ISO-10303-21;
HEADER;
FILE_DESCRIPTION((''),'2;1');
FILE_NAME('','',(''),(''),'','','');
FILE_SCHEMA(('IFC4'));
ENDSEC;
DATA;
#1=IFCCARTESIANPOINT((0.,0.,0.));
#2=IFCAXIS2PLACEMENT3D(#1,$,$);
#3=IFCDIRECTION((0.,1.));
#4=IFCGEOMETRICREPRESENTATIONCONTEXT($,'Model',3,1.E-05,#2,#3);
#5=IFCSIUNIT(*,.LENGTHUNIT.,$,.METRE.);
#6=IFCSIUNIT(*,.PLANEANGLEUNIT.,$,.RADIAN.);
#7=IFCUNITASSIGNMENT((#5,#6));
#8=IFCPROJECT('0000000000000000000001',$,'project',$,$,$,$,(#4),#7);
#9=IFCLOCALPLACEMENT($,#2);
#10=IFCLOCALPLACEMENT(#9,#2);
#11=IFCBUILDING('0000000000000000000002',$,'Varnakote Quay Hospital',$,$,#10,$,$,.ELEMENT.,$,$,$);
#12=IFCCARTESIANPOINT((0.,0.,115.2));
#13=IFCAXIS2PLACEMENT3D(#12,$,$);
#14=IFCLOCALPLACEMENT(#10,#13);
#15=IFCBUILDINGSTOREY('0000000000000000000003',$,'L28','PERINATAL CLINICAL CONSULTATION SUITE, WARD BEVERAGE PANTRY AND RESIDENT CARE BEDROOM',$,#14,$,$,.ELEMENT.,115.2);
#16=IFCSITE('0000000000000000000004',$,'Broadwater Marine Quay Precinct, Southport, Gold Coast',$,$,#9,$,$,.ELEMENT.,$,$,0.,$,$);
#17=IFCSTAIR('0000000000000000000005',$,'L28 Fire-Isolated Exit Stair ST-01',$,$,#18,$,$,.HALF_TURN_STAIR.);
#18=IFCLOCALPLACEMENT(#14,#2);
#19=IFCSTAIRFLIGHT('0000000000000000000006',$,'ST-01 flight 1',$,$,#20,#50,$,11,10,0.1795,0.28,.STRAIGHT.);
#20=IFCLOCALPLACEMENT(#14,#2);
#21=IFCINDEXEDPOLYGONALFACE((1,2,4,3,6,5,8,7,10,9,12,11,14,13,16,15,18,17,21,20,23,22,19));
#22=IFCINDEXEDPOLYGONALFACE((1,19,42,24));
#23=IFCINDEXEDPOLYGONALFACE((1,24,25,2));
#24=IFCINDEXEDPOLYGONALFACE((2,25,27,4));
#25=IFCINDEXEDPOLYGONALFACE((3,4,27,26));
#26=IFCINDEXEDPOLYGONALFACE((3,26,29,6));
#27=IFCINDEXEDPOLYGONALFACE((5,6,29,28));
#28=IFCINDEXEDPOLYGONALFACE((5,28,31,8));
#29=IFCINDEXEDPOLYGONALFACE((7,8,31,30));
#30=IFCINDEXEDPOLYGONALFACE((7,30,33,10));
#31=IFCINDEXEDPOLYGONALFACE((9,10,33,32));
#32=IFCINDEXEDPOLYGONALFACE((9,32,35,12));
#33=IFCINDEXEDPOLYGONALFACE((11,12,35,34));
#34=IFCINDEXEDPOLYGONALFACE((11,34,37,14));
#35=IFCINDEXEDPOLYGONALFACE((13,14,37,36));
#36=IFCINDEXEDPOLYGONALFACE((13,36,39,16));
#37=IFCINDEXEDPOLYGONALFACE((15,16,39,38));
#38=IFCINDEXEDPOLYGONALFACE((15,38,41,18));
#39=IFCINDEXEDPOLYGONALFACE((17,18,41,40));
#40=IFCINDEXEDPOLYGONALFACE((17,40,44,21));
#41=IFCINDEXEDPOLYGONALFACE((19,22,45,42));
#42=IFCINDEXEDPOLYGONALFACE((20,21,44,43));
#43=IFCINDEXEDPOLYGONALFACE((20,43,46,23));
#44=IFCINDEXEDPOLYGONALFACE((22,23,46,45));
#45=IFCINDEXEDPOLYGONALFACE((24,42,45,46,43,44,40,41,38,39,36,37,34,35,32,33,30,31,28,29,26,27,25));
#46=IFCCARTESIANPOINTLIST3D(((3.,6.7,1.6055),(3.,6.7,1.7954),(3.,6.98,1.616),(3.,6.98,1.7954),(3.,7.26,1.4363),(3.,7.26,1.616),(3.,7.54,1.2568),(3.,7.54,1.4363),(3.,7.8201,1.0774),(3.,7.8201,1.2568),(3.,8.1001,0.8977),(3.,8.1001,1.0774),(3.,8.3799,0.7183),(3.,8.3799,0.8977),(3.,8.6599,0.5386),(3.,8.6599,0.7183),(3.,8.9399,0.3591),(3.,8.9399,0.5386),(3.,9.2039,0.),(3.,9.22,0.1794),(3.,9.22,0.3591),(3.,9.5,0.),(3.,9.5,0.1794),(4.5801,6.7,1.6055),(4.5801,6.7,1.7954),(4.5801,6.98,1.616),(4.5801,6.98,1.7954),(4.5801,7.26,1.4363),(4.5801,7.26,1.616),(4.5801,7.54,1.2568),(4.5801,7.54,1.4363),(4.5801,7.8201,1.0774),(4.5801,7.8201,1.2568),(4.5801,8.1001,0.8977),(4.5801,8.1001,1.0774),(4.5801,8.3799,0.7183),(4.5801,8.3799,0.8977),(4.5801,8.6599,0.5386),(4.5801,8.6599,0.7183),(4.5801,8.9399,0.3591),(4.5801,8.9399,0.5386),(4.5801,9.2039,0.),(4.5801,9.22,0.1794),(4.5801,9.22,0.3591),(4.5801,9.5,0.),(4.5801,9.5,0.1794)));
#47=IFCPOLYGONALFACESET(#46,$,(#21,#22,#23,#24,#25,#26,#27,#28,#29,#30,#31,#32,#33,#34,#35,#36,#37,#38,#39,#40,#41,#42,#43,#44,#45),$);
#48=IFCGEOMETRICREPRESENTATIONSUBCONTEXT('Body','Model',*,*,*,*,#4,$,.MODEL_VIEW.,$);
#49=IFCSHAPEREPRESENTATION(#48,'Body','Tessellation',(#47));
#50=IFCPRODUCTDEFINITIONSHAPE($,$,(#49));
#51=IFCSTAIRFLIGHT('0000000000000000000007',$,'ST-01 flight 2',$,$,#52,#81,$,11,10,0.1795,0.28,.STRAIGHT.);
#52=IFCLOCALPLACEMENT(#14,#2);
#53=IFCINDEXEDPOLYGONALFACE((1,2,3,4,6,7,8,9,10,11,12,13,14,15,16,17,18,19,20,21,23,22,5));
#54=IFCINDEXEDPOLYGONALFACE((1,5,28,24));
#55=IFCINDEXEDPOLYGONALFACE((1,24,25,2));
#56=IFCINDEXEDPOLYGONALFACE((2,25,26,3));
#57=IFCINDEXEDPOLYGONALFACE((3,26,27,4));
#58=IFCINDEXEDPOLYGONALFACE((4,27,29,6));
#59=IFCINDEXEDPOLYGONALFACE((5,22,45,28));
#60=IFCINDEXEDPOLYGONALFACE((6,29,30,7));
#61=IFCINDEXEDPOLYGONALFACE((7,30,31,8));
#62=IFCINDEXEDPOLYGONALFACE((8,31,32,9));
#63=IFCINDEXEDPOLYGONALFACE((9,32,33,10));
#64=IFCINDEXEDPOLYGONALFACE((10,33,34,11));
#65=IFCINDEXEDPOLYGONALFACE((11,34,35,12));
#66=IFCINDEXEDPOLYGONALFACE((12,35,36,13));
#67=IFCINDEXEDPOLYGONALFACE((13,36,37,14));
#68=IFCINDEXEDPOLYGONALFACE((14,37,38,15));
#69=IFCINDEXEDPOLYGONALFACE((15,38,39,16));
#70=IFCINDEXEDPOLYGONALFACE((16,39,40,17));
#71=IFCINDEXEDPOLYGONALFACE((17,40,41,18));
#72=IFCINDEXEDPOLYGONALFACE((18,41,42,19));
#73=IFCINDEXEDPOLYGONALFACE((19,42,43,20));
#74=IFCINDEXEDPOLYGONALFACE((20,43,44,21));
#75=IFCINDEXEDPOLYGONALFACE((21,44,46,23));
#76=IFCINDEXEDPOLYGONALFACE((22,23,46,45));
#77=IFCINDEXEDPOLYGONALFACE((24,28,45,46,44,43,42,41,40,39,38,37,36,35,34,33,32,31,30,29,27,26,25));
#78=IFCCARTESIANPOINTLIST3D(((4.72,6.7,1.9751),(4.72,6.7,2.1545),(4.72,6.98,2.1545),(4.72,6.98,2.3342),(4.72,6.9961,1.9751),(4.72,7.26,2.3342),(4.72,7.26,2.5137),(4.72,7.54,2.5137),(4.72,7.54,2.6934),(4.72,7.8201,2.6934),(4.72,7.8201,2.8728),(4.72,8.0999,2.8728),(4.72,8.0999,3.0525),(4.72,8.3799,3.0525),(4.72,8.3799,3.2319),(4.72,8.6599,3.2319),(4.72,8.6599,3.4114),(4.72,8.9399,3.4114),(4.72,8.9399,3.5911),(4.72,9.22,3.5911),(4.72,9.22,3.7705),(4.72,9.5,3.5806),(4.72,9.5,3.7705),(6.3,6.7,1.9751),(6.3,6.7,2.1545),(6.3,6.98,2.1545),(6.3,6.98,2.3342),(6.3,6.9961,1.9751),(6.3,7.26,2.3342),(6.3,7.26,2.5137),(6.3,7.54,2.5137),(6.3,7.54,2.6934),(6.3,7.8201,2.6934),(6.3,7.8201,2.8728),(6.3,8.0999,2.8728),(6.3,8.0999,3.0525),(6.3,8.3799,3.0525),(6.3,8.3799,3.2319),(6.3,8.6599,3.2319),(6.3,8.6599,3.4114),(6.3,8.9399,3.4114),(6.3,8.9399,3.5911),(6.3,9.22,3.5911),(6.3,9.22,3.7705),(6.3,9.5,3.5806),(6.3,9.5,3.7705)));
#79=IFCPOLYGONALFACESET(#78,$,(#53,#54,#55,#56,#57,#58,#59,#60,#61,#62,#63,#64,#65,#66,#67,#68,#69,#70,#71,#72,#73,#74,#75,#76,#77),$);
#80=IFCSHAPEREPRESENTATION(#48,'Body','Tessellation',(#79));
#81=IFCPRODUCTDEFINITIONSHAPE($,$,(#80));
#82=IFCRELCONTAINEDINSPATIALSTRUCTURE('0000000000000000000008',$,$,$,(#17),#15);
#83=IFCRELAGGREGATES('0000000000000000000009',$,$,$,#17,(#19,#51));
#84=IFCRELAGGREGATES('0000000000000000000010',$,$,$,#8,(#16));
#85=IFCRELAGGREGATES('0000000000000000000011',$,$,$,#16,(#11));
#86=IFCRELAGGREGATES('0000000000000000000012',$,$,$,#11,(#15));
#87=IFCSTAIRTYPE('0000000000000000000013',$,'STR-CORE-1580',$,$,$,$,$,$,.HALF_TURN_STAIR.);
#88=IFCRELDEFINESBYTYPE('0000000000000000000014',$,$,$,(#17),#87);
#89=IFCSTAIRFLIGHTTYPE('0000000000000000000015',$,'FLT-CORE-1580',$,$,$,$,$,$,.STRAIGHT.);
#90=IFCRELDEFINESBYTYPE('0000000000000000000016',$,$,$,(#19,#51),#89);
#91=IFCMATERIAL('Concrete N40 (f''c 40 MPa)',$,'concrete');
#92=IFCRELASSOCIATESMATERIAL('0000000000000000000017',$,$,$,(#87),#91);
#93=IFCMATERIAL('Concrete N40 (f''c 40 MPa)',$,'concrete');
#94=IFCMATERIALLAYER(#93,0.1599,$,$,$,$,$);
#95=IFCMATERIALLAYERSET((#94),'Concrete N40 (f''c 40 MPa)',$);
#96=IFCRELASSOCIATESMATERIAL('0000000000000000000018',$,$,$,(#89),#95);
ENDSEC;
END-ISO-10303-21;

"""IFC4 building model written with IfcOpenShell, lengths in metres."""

from ifc_helpers import new_model, si_unit, direction, frame, origin, place, context, subcontext, project, spatial, polyline, outline, extrude, material, layer, layer_set, type_object, element, aggregate, save


model = new_model("IFC4")

# Units and contexts
model_context = context("Model", 3, precision=1e-05, world=origin(), true_north=direction((0.0, 1.0)))
body_context = subcontext(model_context, "Body", "Model", "MODEL_VIEW")
ifc_project = project(units=[si_unit("LENGTHUNIT", "METRE"), si_unit("PLANEANGLEUNIT", "RADIAN")], contexts=[model_context])

# Site, building, storey
site_placement = place(None, origin())
site = spatial("IfcSite", under=ifc_project, at=site_placement, Name="Broadwater Marine Quay Precinct, Southport, Gold Coast", CompositionType="ELEMENT", RefElevation=0.0)
building_placement = place(site_placement, origin())
building = spatial("IfcBuilding", under=site, at=building_placement, Name="Varnakote Quay Hospital", CompositionType="ELEMENT")
storey_placement = place(building_placement, frame((0.0, 0.0, 115.2)))
storey = spatial("IfcBuildingStorey", under=building, at=storey_placement, Name="L28", Description="PERINATAL CLINICAL CONSULTATION SUITE, WARD BEVERAGE PANTRY AND RESIDENT CARE BEDROOM", CompositionType="ELEMENT", Elevation=115.2)

# Stair, stair flights
ifc_material_1 = material(Name="Concrete N40 (f'c 40 MPa)", Category="concrete")
stair_type = type_object("IfcStairType", Name="STR-CORE-1580", PredefinedType="HALF_TURN_STAIR", material=ifc_material_1)
stair_placement = place(storey_placement, origin())
stair = element("IfcStair", 1, at=stair_placement, inside=storey, type_object=stair_type, Name="L28 Fire-Isolated Exit Stair ST-01", PredefinedType="HALF_TURN_STAIR")
ifc_material_2 = material(Name="Concrete N40 (f'c 40 MPa)", Category="concrete")
ifc_layer_1 = layer(ifc_material_2, 0.1599)
ifc_layer_set_1 = layer_set([ifc_layer_1], Name="Concrete N40 (f'c 40 MPa)")
stair_flight_type = type_object("IfcStairFlightType", Name="FLT-CORE-1580", PredefinedType="STRAIGHT", material=ifc_layer_set_1)
stair_flight_1_placement = place(storey_placement, frame((3.79, 9.5, 0.0), z_axis=(0.0, 0.0, 1.0), x_axis=(0.0, -1.0, 0.0)))
stair_flight_1 = element("IfcStairFlight", 2, at=stair_flight_1_placement, type_object=stair_flight_type, Name="ST-01 flight 1", NumberOfRisers=11, NumberOfTreads=10, PredefinedType="STRAIGHT", RiserHeight=0.1795, TreadLength=0.28, context=body_context, shape_type="SweptSolid", body=[
    extrude(outline(polyline([(0.0, 0.0), (0.0, 0.1794), (0.28, 0.1794), (0.28, 0.3591), (0.5601, 0.3591), (0.5601, 0.5386), (0.8401, 0.5386), (0.8401, 0.7183), (1.1201, 0.7183), (1.1201, 0.8977), (1.3999, 0.8977), (1.3999, 1.0774), (1.6799, 1.0774), (1.6799, 1.2568), (1.96, 1.2568), (1.96, 1.4363), (2.24, 1.4363), (2.24, 1.616), (2.52, 1.616), (2.52, 1.7954), (2.8, 1.7954), (2.8, 1.9751), (2.8, 1.6055), (0.2961, 0.0), (0.0, 0.0)])), frame((0.0, 0.79, 0.0), z_axis=(0.0, -1.0, 0.0), x_axis=(1.0, 0.0, 0.0)), (0.0, 0.0, 1.0), 1.5801),
])
stair_flight_2_placement = place(storey_placement, frame((5.51, 6.7, 1.9751), z_axis=(0.0, 0.0, 1.0), x_axis=(0.0, 1.0, 0.0)))
stair_flight_2 = element("IfcStairFlight", 3, at=stair_flight_2_placement, type_object=stair_flight_type, Name="ST-01 flight 2", NumberOfRisers=11, NumberOfTreads=10, PredefinedType="STRAIGHT", RiserHeight=0.1795, TreadLength=0.28, context=body_context, shape_type="SweptSolid", body=[
    extrude(outline(polyline([(0.0, 0.0), (0.0, 0.1794), (0.28, 0.1794), (0.28, 0.3591), (0.5601, 0.3591), (0.5601, 0.5386), (0.8401, 0.5386), (0.8401, 0.7183), (1.1201, 0.7183), (1.1201, 0.8977), (1.3999, 0.8977), (1.3999, 1.0774), (1.6799, 1.0774), (1.6799, 1.2568), (1.96, 1.2568), (1.96, 1.4363), (2.24, 1.4363), (2.24, 1.616), (2.52, 1.616), (2.52, 1.7954), (2.8, 1.7954), (2.8, 1.9751), (2.8, 1.6055), (0.2961, 0.0), (0.0, 0.0)])), frame((0.0, 0.79, 0.0), z_axis=(0.0, -1.0, 0.0), x_axis=(1.0, 0.0, 0.0)), (0.0, 0.0, 1.0), 1.5801),
])
aggregate(stair, [stair_flight_1, stair_flight_2])

save(model, "model.ifc")
